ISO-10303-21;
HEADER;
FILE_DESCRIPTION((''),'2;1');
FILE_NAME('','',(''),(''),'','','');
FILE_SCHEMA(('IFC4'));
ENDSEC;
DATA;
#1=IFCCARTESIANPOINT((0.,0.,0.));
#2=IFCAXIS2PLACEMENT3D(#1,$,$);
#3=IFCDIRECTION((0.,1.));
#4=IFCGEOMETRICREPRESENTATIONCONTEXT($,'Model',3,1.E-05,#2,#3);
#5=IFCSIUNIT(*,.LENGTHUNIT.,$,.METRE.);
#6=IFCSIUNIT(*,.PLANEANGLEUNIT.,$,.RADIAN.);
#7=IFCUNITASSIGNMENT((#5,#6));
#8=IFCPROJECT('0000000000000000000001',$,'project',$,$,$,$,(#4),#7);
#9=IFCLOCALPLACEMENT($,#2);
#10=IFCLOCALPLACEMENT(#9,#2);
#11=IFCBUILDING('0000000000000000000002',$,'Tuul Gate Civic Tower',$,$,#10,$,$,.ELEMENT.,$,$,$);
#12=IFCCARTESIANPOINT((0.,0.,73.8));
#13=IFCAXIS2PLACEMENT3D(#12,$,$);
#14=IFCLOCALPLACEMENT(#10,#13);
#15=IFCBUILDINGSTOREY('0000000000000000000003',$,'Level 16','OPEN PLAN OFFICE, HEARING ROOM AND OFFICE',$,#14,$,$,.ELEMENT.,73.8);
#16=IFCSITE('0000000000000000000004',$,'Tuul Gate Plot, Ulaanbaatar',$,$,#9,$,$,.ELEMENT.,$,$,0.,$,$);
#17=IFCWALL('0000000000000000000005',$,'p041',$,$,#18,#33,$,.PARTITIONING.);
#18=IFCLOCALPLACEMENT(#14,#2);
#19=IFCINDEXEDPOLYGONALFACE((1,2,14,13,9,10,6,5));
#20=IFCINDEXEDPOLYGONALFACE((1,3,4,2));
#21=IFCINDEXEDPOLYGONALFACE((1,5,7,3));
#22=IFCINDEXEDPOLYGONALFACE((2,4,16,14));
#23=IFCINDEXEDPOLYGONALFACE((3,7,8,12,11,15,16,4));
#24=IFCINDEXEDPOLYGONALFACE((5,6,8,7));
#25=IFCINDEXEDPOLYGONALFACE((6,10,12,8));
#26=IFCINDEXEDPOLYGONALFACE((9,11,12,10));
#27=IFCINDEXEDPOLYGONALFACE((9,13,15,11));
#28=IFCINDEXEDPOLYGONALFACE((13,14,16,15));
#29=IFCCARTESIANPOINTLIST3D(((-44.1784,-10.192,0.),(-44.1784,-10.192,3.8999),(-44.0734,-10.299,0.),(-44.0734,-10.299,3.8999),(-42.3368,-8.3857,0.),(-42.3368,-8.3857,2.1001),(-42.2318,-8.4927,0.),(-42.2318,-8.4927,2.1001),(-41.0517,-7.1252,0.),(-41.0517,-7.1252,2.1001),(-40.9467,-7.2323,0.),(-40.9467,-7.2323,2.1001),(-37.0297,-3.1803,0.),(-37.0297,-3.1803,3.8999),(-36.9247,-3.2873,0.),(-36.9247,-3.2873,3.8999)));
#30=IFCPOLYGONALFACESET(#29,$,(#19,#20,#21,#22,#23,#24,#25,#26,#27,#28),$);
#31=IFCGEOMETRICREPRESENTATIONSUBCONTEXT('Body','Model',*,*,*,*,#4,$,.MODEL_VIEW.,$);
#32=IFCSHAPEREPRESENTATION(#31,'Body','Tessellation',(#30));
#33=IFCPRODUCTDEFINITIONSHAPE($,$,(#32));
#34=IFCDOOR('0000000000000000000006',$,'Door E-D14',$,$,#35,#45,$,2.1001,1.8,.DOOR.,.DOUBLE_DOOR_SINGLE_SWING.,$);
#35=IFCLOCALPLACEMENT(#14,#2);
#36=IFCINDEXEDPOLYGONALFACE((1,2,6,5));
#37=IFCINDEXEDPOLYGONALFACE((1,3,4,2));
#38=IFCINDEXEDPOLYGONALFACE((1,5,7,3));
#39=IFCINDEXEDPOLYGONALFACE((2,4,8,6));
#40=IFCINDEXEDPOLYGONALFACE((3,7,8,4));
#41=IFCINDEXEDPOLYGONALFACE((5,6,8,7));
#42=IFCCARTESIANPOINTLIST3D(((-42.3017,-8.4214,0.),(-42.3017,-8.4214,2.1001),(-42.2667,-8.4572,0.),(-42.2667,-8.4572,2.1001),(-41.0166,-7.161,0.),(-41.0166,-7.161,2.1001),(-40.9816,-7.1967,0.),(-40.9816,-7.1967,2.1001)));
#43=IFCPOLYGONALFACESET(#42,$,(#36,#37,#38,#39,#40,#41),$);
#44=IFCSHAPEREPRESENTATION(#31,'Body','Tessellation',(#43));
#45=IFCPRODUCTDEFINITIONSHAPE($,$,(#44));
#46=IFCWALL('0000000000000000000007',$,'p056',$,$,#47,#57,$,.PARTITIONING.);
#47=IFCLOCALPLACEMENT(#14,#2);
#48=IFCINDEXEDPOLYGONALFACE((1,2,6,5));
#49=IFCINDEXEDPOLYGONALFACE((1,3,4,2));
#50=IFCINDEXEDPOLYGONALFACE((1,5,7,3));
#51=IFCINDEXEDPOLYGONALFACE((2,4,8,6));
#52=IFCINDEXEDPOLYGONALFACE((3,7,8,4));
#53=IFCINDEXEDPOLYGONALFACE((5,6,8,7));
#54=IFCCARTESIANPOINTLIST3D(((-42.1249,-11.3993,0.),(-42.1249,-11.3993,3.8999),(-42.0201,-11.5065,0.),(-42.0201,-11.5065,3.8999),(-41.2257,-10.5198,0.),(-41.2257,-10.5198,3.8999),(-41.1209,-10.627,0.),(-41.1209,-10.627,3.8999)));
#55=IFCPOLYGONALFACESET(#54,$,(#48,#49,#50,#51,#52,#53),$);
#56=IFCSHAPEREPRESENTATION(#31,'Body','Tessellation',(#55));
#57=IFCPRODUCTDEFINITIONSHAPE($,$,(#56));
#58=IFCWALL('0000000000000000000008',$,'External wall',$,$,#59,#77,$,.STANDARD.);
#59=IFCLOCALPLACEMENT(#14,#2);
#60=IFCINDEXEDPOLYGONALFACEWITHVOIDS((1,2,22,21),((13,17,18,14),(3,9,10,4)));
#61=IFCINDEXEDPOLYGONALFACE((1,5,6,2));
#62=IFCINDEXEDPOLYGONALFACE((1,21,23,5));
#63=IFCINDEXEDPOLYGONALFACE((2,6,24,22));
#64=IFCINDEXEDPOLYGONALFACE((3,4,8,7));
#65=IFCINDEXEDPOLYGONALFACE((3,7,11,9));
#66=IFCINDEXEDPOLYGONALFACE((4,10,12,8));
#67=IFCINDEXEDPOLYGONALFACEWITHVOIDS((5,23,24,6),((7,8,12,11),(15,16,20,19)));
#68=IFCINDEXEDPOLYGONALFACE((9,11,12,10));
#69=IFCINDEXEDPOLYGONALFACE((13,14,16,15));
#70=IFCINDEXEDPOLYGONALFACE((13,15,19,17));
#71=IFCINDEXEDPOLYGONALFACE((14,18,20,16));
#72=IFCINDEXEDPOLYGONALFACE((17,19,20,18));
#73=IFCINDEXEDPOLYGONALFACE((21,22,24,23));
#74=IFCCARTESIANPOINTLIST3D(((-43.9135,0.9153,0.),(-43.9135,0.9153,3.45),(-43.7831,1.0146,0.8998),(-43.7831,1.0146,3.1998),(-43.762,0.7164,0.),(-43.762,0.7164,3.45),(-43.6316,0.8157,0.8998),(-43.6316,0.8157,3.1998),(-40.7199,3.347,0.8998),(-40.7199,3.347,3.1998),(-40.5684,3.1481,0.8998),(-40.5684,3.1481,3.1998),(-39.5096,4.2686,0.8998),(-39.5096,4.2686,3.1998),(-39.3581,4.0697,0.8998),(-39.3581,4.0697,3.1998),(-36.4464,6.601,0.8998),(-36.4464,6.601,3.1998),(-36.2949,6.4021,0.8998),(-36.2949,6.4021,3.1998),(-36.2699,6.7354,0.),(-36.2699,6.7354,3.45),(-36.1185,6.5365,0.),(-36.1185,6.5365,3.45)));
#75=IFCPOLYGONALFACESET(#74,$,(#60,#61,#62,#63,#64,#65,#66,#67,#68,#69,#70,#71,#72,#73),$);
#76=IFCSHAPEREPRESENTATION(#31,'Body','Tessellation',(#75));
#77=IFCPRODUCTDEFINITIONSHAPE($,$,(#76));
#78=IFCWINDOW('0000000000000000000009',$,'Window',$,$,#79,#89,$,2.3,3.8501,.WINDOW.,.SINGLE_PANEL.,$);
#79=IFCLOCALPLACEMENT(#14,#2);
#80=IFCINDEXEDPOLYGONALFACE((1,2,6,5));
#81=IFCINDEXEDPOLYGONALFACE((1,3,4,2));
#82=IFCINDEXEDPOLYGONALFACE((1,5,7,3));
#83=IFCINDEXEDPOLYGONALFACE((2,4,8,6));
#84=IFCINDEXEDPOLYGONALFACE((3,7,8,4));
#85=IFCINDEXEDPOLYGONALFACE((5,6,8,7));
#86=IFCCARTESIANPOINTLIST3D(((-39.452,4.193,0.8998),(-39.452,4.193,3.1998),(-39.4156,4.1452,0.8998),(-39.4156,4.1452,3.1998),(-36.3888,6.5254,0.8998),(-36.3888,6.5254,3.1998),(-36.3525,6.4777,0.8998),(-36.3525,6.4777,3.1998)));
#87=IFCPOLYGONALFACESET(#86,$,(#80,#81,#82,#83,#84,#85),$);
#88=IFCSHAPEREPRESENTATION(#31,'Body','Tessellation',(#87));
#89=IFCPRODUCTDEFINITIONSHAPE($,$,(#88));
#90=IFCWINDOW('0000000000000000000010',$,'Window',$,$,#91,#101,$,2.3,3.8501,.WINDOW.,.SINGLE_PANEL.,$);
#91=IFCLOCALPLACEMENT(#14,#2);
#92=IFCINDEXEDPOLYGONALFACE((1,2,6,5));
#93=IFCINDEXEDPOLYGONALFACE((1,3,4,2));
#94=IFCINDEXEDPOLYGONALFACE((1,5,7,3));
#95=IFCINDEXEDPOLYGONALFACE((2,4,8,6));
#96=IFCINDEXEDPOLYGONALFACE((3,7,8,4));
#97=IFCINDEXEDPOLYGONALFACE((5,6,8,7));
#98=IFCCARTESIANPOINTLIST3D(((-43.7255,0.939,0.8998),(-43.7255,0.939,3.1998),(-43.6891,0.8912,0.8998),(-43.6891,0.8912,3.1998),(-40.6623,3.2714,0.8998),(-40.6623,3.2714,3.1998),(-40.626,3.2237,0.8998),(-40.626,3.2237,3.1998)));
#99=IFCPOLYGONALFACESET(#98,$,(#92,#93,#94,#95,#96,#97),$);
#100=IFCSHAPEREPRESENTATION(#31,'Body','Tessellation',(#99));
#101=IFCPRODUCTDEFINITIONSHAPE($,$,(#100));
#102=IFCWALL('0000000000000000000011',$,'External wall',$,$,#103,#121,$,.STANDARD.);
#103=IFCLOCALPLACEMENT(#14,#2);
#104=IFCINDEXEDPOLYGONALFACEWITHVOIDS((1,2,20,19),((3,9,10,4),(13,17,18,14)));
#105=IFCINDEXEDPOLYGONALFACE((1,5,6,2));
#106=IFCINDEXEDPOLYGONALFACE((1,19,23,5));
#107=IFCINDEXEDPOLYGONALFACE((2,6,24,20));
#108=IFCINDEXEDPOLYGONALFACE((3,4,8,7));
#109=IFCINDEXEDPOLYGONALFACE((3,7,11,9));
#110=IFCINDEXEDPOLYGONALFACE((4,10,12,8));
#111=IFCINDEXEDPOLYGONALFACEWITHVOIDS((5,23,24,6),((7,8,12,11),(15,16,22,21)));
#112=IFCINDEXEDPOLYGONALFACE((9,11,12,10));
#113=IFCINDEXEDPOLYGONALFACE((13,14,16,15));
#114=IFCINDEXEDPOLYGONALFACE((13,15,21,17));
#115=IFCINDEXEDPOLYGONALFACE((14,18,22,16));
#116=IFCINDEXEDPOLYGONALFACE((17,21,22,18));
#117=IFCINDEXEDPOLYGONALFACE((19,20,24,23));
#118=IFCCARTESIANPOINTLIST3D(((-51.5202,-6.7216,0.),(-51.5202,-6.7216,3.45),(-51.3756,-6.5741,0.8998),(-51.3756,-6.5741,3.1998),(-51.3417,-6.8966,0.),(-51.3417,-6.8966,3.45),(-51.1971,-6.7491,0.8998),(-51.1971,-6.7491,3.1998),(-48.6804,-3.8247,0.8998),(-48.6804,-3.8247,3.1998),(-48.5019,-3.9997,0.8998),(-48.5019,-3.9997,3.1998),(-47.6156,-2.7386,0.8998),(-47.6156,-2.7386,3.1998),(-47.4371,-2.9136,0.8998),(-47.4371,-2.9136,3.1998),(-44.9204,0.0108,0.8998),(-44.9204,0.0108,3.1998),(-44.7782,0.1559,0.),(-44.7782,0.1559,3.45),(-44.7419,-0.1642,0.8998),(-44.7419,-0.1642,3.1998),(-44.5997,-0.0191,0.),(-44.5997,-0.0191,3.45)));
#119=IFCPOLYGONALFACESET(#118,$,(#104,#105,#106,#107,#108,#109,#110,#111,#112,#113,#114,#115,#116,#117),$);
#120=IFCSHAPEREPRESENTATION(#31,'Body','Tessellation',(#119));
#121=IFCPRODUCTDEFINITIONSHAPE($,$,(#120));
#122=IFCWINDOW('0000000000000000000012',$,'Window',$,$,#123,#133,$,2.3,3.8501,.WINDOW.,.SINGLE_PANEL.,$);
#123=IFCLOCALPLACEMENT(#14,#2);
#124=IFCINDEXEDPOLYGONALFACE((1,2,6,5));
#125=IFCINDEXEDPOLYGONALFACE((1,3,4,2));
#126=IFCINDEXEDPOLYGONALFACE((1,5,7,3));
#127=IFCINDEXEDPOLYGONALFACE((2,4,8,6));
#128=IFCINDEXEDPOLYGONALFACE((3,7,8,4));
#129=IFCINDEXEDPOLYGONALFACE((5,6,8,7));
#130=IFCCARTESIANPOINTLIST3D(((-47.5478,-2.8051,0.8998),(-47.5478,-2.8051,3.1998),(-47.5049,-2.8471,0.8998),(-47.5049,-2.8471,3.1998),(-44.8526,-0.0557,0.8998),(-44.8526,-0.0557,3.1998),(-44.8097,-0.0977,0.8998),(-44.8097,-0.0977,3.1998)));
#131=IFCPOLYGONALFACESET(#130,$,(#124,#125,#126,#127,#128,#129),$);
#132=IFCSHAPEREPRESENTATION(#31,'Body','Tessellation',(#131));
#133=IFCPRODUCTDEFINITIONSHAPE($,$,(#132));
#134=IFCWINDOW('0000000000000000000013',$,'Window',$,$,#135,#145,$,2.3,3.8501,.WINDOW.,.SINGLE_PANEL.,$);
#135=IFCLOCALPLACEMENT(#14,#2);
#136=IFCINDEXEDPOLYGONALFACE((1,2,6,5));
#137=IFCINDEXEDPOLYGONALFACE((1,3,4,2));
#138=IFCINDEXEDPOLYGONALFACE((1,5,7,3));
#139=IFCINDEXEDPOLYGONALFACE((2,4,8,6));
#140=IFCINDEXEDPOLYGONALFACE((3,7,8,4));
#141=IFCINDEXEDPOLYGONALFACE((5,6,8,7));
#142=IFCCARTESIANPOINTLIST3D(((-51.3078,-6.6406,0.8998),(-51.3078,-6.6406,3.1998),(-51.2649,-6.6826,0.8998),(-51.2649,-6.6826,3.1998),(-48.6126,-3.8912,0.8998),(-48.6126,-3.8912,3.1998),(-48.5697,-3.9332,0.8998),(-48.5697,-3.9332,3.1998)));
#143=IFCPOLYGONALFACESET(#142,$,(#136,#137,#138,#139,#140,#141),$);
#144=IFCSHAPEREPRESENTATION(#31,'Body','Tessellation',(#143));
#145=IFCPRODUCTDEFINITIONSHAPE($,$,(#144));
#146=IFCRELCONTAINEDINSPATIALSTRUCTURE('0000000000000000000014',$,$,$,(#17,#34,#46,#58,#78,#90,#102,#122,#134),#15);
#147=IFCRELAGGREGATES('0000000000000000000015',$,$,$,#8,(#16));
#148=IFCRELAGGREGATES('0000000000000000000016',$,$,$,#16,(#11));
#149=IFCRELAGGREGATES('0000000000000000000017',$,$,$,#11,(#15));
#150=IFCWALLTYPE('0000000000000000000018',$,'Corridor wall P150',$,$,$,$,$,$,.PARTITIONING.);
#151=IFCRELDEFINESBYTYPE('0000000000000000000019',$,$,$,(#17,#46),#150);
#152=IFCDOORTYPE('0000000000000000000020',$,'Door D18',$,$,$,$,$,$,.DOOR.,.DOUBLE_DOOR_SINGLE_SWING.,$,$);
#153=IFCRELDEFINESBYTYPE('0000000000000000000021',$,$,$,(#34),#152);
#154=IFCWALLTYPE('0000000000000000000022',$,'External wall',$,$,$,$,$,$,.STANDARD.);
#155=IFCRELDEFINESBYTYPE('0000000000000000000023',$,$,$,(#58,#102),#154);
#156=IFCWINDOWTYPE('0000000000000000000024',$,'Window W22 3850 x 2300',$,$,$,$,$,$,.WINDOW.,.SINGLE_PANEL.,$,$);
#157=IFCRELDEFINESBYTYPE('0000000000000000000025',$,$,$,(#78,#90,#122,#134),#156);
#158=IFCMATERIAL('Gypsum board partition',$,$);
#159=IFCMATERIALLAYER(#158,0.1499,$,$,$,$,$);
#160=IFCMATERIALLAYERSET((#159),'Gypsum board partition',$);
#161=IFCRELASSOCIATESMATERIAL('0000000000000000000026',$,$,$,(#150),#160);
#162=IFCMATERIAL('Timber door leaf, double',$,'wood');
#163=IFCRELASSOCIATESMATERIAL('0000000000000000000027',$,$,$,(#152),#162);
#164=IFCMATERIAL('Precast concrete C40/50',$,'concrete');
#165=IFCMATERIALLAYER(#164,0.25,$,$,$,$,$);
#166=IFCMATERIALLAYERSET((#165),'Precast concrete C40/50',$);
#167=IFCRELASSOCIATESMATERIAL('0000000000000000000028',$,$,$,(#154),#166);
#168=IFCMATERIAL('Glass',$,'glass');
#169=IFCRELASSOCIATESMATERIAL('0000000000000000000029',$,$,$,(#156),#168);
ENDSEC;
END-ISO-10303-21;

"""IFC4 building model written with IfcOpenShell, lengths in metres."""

from ifc_helpers import new_model, si_unit, direction, frame, frame_2d, origin, place, context, subcontext, project, spatial, rectangle, extrude, material, layer, layer_set, type_object, element, fill, save


model = new_model("IFC4")

# Units and contexts
model_context = context("Model", 3, precision=1e-05, world=origin(), true_north=direction((0.0, 1.0)))
body_context = subcontext(model_context, "Body", "Model", "MODEL_VIEW")
ifc_project = project(units=[si_unit("LENGTHUNIT", "METRE"), si_unit("PLANEANGLEUNIT", "RADIAN")], contexts=[model_context])

# Site, building, storey
site_placement = place(None, origin())
site = spatial("IfcSite", under=ifc_project, at=site_placement, Name="Tuul Gate Plot, Ulaanbaatar", CompositionType="ELEMENT", RefElevation=0.0)
building_placement = place(site_placement, origin())
building = spatial("IfcBuilding", under=site, at=building_placement, Name="Tuul Gate Civic Tower", CompositionType="ELEMENT")
storey_placement = place(building_placement, frame((0.0, 0.0, 73.8)))
storey = spatial("IfcBuildingStorey", under=building, at=storey_placement, Name="Level 16", Description="OPEN PLAN OFFICE, HEARING ROOM AND OFFICE", CompositionType="ELEMENT", Elevation=73.8)

# Wall, opening, door
ifc_material_1 = material(Name="Gypsum board partition")
ifc_layer_1 = layer(ifc_material_1, 0.1499)
ifc_layer_set_1 = layer_set([ifc_layer_1], Name="Gypsum board partition")
wall_type_1 = type_object("IfcWallType", Name="Corridor wall P150", PredefinedType="PARTITIONING", material=ifc_layer_set_1)
wall_1_placement = place(storey_placement, frame((-44.126, -10.2456, 0.0), z_axis=(0.0, 0.0, 1.0), x_axis=(0.713913, 0.700235, 0.0)))
wall_1 = element("IfcWall", 1, at=wall_1_placement, inside=storey, type_object=wall_type_1, Name="p041", PredefinedType="PARTITIONING", context=body_context, shape_type="SweptSolid", body=[
    extrude(rectangle(XDim=10.0134, YDim=0.1499, at=frame_2d((5.0068, 0.0))), origin(), (0.0, 0.0, 1.0), 3.8999),
])
opening_1_placement = place(wall_1_placement, frame((2.5798, 0.0, 0.0)))
opening_1 = element("IfcOpeningElement", 2, at=opening_1_placement, cuts=wall_1, PredefinedType="OPENING", context=body_context, shape_type="SweptSolid", body=[
    extrude(rectangle(XDim=1.8, YDim=2.1001, at=frame_2d((0.8999, 1.05))), frame((0.0, 0.085, 0.0), z_axis=(0.0, -1.0, 0.0), x_axis=(1.0, 0.0, 0.0)), (0.0, 0.0, 1.0), 0.1699),
])
ifc_material_2 = material(Name="Timber door leaf, double", Category="wood")
door_type_1 = type_object("IfcDoorType", Name="Door D18", OperationType="DOUBLE_DOOR_SINGLE_SWING", PredefinedType="DOOR", material=ifc_material_2)
door_1_placement = place(opening_1_placement, origin())
door_1 = element("IfcDoor", 3, at=door_1_placement, inside=storey, type_object=door_type_1, Name="Door E-D14", OperationType="DOUBLE_DOOR_SINGLE_SWING", OverallHeight=2.1001, OverallWidth=1.8, PredefinedType="DOOR", context=body_context, shape_type="SweptSolid", body=[
    extrude(rectangle(XDim=1.8, YDim=2.1001, at=frame_2d((0.8999, 1.05))), frame((0.0, 0.0249, 0.0), z_axis=(0.0, -1.0, 0.0), x_axis=(1.0, 0.0, 0.0)), (0.0, 0.0, 1.0), 0.05),
])
fill(opening_1, door_1)

# Wall
wall_2_placement = place(storey_placement, frame((-42.0725, -11.4529, 0.0), z_axis=(0.0, 0.0, 1.0), x_axis=(0.714925, 0.699201, 0.0)))
element("IfcWall", 4, at=wall_2_placement, inside=storey, type_object=wall_type_1, Name="p056", PredefinedType="PARTITIONING", context=body_context, shape_type="SweptSolid", body=[
    extrude(rectangle(XDim=1.2578, YDim=0.1499, at=frame_2d((0.6289, 0.0))), origin(), (0.0, 0.0, 1.0), 3.8999),
])

# Walls, openings, windows
ifc_material_3 = material(Name="Precast concrete C40/50", Category="concrete")
ifc_layer_2 = layer(ifc_material_3, 0.25)
ifc_layer_set_2 = layer_set([ifc_layer_2], Name="Precast concrete C40/50")
wall_type_2 = type_object("IfcWallType", Name="External wall", PredefinedType="STANDARD", material=ifc_layer_set_2)
wall_3_placement = place(storey_placement, frame((-36.1941, 6.636, 0.0), z_axis=(0.0, 0.0, 1.0), x_axis=(-0.795612, -0.605807, 0.0)))
wall_3 = element("IfcWall", 5, at=wall_3_placement, inside=storey, type_object=wall_type_2, Name="External wall", PredefinedType="STANDARD", context=body_context, shape_type="SweptSolid", body=[
    extrude(rectangle(XDim=9.6072, YDim=0.25, at=frame_2d((4.8037, 0.0))), origin(), (0.0, 0.0, 1.0), 3.45),
])
opening_2_placement = place(wall_3_placement, frame((0.2219, 0.0, 0.8999)))
opening_2 = element("IfcOpeningElement", 6, at=opening_2_placement, cuts=wall_3, PredefinedType="OPENING", context=body_context, shape_type="SweptSolid", body=[
    extrude(rectangle(XDim=3.8501, YDim=2.3, at=frame_2d((1.925, 1.1499))), frame((0.0, 0.135, 0.0), z_axis=(0.0, -1.0, 0.0), x_axis=(1.0, 0.0, 0.0)), (0.0, 0.0, 1.0), 0.27),
])
opening_3_placement = place(wall_3_placement, frame((5.5933, 0.0, 0.8999)))
opening_3 = element("IfcOpeningElement", 7, at=opening_3_placement, cuts=wall_3, PredefinedType="OPENING", context=body_context, shape_type="SweptSolid", body=[
    extrude(rectangle(XDim=3.8501, YDim=2.3, at=frame_2d((1.925, 1.1499))), frame((0.0, 0.135, 0.0), z_axis=(0.0, -1.0, 0.0), x_axis=(1.0, 0.0, 0.0)), (0.0, 0.0, 1.0), 0.27),
])
ifc_material_4 = material(Name="Glass", Category="glass")
window_type_1 = type_object("IfcWindowType", Name="Window W22 3850 x 2300", PartitioningType="SINGLE_PANEL", PredefinedType="WINDOW", material=ifc_material_4)
window_1_placement = place(opening_2_placement, origin())
window_1 = element("IfcWindow", 8, at=window_1_placement, inside=storey, type_object=window_type_1, Name="Window", OverallHeight=2.3, OverallWidth=3.8501, PartitioningType="SINGLE_PANEL", PredefinedType="WINDOW", context=body_context, shape_type="SweptSolid", body=[
    extrude(rectangle(XDim=3.8501, YDim=2.3, at=frame_2d((1.925, 1.1499))), frame((0.0, 0.03, 0.0), z_axis=(0.0, -1.0, 0.0), x_axis=(1.0, 0.0, 0.0)), (0.0, 0.0, 1.0), 0.0601),
])
fill(opening_2, window_1)
window_2_placement = place(opening_3_placement, origin())
window_2 = element("IfcWindow", 9, at=window_2_placement, inside=storey, type_object=window_type_1, Name="Window", OverallHeight=2.3, OverallWidth=3.8501, PartitioningType="SINGLE_PANEL", PredefinedType="WINDOW", context=body_context, shape_type="SweptSolid", body=[
    extrude(rectangle(XDim=3.8501, YDim=2.3, at=frame_2d((1.925, 1.1499))), frame((0.0, 0.03, 0.0), z_axis=(0.0, -1.0, 0.0), x_axis=(1.0, 0.0, 0.0)), (0.0, 0.0, 1.0), 0.0601),
])
fill(opening_3, window_2)
wall_4_placement = place(storey_placement, frame((-44.689, 0.0684, 0.0), z_axis=(0.0, 0.0, 1.0), x_axis=(-0.700037, -0.714106, 0.0)))
wall_4 = element("IfcWall", 10, at=wall_4_placement, inside=storey, type_object=wall_type_2, Name="External wall", PredefinedType="STANDARD", context=body_context, shape_type="SweptSolid", body=[
    extrude(rectangle(XDim=9.6309, YDim=0.25, at=frame_2d((4.8154, 0.0))), origin(), (0.0, 0.0, 1.0), 3.45),
])
opening_4_placement = place(wall_4_placement, frame((0.2031, 0.0, 0.8999)))
opening_4 = element("IfcOpeningElement", 11, at=opening_4_placement, cuts=wall_4, PredefinedType="OPENING", context=body_context, shape_type="SweptSolid", body=[
    extrude(rectangle(XDim=3.8501, YDim=2.3, at=frame_2d((1.925, 1.1499))), frame((0.0, 0.135, 0.0), z_axis=(0.0, -1.0, 0.0), x_axis=(1.0, 0.0, 0.0)), (0.0, 0.0, 1.0), 0.27),
])
opening_5_placement = place(wall_4_placement, frame((5.5742, 0.0, 0.8999)))
opening_5 = element("IfcOpeningElement", 12, at=opening_5_placement, cuts=wall_4, PredefinedType="OPENING", context=body_context, shape_type="SweptSolid", body=[
    extrude(rectangle(XDim=3.8501, YDim=2.3, at=frame_2d((1.925, 1.1499))), frame((0.0, 0.135, 0.0), z_axis=(0.0, -1.0, 0.0), x_axis=(1.0, 0.0, 0.0)), (0.0, 0.0, 1.0), 0.27),
])
window_3_placement = place(opening_4_placement, origin())
window_3 = element("IfcWindow", 13, at=window_3_placement, inside=storey, type_object=window_type_1, Name="Window", OverallHeight=2.3, OverallWidth=3.8501, PartitioningType="SINGLE_PANEL", PredefinedType="WINDOW", context=body_context, shape_type="SweptSolid", body=[
    extrude(rectangle(XDim=3.8501, YDim=2.3, at=frame_2d((1.925, 1.1499))), frame((0.0, 0.03, 0.0), z_axis=(0.0, -1.0, 0.0), x_axis=(1.0, 0.0, 0.0)), (0.0, 0.0, 1.0), 0.0601),
])
fill(opening_4, window_3)
window_4_placement = place(opening_5_placement, origin())
window_4 = element("IfcWindow", 14, at=window_4_placement, inside=storey, type_object=window_type_1, Name="Window", OverallHeight=2.3, OverallWidth=3.8501, PartitioningType="SINGLE_PANEL", PredefinedType="WINDOW", context=body_context, shape_type="SweptSolid", body=[
    extrude(rectangle(XDim=3.8501, YDim=2.3, at=frame_2d((1.925, 1.1499))), frame((0.0, 0.03, 0.0), z_axis=(0.0, -1.0, 0.0), x_axis=(1.0, 0.0, 0.0)), (0.0, 0.0, 1.0), 0.0601),
])
fill(opening_5, window_4)

save(model, "model.ifc")
